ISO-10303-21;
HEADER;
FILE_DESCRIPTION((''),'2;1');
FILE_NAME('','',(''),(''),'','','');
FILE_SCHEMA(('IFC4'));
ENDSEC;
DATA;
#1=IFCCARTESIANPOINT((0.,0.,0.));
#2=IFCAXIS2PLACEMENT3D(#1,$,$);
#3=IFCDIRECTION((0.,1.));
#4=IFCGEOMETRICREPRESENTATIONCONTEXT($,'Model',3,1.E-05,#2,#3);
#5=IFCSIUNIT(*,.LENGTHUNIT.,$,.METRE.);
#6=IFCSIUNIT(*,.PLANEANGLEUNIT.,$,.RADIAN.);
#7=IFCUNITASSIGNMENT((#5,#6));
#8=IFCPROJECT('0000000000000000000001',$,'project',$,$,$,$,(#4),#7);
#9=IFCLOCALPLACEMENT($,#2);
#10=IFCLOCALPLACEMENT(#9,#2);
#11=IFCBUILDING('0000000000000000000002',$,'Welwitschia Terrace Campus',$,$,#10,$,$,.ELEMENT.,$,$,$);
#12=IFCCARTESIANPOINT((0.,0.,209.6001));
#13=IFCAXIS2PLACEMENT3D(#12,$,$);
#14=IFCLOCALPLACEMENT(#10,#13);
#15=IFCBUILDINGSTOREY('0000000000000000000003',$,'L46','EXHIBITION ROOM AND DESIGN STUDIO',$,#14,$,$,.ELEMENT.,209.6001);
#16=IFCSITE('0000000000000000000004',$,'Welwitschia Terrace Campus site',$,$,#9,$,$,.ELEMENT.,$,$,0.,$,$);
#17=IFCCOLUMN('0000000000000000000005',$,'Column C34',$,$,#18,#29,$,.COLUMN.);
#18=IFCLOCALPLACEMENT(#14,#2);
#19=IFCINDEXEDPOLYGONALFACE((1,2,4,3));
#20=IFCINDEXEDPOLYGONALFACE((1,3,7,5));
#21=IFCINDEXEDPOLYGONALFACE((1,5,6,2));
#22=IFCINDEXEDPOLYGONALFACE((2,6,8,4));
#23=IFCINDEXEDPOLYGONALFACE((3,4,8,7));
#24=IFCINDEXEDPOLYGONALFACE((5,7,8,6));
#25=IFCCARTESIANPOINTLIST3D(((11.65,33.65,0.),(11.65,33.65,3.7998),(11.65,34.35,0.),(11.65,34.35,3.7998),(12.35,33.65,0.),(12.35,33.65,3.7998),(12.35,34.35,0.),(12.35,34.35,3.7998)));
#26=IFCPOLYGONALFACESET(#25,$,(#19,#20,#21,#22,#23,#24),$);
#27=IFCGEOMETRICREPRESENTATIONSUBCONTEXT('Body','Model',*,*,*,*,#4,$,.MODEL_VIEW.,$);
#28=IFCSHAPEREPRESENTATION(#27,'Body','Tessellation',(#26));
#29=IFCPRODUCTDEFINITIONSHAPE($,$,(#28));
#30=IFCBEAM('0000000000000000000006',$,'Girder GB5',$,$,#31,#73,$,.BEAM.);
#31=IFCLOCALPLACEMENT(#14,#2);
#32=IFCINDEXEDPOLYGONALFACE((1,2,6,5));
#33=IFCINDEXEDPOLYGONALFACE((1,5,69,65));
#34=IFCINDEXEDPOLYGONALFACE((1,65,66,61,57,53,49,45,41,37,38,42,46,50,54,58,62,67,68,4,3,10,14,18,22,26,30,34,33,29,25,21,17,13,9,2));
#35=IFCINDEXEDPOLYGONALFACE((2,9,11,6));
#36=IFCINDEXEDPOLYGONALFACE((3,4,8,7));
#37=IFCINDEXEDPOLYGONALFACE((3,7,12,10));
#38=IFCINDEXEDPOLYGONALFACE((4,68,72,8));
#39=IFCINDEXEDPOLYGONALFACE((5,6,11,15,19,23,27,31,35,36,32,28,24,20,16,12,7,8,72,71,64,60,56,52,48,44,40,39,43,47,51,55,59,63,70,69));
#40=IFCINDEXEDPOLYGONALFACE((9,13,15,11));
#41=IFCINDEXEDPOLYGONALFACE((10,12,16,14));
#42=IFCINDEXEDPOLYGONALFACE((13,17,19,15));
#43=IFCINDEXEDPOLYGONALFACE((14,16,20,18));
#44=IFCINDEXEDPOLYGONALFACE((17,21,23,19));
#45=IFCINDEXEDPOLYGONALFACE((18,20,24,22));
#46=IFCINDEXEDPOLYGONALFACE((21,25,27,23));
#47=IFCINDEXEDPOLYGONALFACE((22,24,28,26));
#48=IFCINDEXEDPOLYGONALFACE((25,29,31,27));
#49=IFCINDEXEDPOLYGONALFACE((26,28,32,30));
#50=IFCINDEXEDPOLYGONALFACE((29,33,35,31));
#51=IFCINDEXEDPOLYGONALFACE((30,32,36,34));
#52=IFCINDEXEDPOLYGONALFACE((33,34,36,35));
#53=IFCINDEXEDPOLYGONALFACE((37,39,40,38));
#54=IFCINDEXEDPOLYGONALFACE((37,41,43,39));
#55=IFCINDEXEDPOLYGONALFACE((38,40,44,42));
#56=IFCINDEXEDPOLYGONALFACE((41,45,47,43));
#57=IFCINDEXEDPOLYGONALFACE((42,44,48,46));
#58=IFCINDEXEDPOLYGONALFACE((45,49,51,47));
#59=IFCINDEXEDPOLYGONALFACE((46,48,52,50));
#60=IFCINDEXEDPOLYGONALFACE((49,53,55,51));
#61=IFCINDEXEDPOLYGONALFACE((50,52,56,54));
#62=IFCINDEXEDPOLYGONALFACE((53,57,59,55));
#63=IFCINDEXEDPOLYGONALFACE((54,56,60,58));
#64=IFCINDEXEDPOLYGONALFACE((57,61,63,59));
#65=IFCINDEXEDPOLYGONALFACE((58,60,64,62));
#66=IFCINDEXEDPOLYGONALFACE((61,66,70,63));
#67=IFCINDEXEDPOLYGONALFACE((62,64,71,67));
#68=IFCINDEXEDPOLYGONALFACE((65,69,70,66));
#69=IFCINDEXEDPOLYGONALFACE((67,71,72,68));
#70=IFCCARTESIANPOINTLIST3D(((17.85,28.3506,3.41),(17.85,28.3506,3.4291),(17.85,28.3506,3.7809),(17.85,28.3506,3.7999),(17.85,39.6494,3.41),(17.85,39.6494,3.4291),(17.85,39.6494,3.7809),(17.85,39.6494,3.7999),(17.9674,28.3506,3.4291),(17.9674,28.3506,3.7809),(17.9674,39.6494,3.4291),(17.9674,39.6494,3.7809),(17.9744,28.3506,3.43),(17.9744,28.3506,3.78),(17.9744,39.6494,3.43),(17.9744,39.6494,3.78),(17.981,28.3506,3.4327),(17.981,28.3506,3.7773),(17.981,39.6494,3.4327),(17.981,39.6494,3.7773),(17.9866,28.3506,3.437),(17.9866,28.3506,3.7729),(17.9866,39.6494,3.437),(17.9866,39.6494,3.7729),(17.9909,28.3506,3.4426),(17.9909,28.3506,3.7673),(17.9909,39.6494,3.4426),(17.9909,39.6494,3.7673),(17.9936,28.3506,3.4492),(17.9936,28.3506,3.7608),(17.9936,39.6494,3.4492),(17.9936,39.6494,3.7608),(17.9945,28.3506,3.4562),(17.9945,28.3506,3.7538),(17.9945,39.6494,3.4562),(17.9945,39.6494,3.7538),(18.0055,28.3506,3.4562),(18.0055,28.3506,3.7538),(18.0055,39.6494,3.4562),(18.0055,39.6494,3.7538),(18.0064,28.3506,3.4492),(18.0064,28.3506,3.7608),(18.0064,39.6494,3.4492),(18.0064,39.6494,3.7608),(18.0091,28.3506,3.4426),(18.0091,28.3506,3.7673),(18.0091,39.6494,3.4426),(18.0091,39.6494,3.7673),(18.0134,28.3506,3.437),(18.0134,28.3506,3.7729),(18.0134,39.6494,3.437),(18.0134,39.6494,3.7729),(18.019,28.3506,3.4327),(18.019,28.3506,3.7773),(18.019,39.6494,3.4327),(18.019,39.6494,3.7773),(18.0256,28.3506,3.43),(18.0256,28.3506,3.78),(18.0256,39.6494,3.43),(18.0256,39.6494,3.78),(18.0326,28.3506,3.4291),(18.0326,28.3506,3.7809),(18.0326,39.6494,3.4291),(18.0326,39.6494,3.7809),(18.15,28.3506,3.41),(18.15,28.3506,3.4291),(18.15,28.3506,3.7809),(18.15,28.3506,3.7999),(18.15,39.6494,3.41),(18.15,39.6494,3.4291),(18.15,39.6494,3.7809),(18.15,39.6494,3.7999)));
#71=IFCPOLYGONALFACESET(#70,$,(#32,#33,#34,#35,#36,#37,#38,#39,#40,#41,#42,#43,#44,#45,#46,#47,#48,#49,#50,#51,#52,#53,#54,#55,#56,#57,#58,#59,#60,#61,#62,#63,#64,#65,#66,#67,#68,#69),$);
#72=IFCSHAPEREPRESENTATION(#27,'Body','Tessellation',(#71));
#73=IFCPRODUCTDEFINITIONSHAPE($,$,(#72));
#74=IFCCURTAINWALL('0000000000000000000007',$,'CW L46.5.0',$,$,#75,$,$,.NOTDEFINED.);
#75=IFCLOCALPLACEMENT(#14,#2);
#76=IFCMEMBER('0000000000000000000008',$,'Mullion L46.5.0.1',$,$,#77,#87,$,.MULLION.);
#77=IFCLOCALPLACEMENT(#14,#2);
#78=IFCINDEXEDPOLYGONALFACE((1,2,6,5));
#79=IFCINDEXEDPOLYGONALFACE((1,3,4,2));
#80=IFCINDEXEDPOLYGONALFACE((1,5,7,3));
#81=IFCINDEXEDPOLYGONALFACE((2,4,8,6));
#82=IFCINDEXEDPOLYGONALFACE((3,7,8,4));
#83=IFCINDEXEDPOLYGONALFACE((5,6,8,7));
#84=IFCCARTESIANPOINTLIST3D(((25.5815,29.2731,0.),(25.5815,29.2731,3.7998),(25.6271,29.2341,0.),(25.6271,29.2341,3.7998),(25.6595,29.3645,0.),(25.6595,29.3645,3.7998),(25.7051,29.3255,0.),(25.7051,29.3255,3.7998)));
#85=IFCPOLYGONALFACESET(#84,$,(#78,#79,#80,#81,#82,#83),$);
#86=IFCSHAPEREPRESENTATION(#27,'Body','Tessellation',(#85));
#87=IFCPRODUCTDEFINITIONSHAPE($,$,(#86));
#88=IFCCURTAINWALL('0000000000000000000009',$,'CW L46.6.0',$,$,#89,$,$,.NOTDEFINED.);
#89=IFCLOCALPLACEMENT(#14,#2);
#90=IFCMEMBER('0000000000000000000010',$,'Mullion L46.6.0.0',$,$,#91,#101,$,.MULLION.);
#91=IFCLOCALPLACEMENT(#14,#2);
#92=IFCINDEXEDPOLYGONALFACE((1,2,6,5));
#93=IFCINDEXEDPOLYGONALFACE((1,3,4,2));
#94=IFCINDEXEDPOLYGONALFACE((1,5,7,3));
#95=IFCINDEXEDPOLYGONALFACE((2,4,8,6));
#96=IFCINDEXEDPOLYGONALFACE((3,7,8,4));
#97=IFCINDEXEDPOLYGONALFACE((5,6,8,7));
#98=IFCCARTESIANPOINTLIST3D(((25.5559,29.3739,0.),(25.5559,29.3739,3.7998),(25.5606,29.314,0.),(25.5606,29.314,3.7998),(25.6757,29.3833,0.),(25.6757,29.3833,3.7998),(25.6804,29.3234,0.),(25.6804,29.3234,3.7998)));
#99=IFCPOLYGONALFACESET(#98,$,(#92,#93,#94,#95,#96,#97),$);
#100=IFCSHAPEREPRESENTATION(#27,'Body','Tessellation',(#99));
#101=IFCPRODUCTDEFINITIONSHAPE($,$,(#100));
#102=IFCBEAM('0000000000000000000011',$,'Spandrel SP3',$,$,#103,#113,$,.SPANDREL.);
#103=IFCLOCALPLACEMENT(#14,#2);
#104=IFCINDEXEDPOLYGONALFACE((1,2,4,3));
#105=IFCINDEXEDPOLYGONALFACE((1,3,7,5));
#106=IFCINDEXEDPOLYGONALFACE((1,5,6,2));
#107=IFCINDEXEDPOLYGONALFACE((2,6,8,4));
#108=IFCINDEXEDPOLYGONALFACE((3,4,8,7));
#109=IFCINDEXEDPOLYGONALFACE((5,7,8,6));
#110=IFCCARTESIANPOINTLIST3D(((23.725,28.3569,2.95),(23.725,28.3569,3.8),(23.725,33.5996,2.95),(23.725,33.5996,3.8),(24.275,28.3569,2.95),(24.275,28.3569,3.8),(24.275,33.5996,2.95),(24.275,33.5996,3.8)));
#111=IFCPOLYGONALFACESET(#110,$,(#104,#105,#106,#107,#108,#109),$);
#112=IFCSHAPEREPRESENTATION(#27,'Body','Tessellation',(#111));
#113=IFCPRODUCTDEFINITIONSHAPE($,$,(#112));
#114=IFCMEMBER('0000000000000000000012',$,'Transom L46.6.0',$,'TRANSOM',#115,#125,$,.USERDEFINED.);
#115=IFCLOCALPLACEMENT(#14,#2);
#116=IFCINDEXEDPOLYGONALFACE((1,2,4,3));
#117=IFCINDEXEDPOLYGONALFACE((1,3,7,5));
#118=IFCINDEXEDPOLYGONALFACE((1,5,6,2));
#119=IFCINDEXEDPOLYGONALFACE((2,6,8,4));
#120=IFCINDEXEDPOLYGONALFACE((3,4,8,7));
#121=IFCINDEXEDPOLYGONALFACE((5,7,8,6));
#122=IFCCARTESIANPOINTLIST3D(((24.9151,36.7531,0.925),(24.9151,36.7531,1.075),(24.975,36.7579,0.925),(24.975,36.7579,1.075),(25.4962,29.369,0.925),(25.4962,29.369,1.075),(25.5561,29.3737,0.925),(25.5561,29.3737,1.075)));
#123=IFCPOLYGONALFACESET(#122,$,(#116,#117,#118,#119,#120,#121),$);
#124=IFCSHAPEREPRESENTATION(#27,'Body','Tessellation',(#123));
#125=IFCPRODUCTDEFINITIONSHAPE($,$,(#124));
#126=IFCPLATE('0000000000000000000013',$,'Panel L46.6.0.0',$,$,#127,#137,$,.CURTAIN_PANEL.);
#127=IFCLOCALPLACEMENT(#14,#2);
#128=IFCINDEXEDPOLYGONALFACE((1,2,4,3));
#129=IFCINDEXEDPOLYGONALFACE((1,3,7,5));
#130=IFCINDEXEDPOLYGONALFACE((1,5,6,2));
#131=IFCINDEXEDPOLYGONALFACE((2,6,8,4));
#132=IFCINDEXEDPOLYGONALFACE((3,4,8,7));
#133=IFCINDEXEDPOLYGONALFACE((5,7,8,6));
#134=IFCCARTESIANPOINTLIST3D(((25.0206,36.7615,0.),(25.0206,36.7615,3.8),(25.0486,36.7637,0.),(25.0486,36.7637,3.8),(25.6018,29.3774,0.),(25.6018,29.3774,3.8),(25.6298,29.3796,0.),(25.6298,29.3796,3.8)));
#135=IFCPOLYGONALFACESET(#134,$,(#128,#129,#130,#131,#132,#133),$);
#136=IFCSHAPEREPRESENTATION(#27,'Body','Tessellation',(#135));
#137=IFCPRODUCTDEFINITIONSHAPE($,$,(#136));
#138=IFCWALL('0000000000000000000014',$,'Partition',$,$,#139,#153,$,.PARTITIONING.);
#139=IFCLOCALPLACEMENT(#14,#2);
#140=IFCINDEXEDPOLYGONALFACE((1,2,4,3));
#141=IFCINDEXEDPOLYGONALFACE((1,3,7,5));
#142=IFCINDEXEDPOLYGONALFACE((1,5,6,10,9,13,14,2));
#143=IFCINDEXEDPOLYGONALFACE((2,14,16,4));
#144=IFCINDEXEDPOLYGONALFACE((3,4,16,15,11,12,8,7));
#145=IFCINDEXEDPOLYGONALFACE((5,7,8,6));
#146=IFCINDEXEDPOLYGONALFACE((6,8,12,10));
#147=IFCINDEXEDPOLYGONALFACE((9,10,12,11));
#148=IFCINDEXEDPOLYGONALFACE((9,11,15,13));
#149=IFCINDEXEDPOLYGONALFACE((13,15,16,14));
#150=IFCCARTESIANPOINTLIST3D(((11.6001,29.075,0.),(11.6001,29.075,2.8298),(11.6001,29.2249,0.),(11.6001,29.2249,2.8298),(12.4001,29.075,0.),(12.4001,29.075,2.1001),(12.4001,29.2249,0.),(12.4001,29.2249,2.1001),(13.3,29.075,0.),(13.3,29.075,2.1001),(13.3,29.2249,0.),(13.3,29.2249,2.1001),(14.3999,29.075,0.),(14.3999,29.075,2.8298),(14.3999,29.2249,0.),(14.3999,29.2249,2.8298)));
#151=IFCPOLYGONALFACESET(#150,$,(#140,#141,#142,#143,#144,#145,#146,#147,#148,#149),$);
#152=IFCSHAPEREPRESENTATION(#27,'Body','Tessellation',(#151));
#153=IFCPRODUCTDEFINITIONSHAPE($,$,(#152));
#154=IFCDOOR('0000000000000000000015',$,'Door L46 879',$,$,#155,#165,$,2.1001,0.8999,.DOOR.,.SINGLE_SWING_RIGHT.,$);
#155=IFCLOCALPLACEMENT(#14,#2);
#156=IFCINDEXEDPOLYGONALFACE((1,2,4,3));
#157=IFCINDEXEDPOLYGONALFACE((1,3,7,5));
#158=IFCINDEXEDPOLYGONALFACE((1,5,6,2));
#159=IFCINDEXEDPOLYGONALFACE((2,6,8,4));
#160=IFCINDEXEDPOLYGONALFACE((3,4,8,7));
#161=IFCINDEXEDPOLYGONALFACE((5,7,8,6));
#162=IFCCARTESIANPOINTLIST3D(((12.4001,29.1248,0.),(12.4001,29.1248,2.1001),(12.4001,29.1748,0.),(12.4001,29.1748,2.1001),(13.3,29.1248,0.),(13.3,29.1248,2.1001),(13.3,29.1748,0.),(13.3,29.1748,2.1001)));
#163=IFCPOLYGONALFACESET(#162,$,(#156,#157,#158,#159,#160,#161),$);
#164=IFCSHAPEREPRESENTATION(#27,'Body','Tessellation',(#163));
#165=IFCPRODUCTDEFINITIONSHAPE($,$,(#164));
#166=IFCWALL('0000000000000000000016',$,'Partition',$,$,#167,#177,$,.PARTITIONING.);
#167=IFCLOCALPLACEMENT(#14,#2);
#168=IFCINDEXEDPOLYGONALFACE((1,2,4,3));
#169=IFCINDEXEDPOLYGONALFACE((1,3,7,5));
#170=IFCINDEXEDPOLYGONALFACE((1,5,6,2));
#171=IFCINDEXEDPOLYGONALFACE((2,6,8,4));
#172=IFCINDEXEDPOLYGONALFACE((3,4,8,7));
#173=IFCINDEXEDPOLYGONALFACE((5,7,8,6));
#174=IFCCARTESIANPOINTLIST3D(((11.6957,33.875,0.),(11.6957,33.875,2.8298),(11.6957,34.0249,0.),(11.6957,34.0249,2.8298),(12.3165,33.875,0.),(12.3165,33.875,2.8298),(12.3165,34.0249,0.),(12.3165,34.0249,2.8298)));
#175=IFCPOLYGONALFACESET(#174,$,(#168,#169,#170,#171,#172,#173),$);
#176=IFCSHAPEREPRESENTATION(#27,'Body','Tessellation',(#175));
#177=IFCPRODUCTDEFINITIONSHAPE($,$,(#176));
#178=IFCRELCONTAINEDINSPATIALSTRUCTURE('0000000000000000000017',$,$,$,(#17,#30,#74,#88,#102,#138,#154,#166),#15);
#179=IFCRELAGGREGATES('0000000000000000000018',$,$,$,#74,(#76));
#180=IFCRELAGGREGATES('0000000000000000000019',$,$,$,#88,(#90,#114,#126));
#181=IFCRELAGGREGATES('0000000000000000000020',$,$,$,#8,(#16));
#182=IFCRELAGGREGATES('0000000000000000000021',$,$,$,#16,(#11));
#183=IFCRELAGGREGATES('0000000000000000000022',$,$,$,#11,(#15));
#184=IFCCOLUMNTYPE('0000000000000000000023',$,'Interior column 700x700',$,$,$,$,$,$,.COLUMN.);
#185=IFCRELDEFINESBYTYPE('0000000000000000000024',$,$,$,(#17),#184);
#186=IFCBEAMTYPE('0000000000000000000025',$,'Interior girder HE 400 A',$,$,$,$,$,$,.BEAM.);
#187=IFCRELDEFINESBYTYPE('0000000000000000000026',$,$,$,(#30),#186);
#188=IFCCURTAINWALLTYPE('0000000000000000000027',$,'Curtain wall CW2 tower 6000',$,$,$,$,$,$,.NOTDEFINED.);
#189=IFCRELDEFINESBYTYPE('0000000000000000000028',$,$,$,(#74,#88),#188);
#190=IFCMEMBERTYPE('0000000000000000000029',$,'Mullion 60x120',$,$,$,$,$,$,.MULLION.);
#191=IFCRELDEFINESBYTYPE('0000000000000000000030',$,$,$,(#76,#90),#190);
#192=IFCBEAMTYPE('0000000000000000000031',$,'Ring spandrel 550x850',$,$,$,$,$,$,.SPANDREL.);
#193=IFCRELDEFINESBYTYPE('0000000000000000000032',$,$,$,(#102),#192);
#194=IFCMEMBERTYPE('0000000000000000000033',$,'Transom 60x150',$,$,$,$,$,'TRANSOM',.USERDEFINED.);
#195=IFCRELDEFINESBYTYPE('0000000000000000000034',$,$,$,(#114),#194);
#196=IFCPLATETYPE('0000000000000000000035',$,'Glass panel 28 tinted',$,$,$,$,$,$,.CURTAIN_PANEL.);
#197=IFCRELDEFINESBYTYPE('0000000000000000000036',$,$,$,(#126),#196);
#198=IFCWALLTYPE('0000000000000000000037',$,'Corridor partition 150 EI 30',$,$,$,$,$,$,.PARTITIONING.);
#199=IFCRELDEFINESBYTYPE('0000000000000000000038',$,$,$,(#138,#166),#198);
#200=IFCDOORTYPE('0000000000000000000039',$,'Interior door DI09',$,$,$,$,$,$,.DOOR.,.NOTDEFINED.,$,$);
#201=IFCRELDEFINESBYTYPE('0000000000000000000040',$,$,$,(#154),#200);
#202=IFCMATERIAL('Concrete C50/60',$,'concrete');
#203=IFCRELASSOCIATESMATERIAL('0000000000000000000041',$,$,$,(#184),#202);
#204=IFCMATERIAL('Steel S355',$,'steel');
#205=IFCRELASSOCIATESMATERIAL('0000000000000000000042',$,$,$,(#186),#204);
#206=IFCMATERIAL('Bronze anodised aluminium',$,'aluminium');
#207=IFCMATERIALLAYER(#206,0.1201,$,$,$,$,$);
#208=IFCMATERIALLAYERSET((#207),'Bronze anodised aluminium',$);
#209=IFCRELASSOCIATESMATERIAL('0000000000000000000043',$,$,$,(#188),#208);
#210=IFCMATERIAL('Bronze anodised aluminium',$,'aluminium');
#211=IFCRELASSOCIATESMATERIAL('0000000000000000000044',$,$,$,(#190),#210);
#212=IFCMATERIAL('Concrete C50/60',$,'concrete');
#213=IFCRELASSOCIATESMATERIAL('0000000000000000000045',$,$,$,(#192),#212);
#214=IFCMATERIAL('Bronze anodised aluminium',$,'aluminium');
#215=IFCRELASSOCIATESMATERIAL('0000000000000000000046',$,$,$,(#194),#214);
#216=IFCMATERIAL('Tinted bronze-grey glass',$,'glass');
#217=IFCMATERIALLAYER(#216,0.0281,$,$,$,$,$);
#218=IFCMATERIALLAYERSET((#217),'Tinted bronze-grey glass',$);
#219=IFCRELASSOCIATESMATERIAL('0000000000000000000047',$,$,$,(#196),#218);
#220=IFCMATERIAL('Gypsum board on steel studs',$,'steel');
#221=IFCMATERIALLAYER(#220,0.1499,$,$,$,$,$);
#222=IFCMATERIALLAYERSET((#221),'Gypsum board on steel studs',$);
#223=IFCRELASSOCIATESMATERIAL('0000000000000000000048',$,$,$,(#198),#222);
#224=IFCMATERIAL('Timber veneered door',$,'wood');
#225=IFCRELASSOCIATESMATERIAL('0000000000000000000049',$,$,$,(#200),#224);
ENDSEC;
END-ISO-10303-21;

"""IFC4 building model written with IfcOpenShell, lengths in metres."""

from ifc_helpers import new_model, si_unit, direction, frame, frame_2d, origin, origin_2d, place, context, subcontext, project, spatial, rectangle, i_section, extrude, material, layer, layer_set, material_profile, profile_set, type_object, element, fill, aggregate, save


model = new_model("IFC4")

# Units and contexts
model_context = context("Model", 3, precision=1e-05, world=origin(), true_north=direction((0.0, 1.0)))
body_context = subcontext(model_context, "Body", "Model", "MODEL_VIEW")
ifc_project = project(units=[si_unit("LENGTHUNIT", "METRE"), si_unit("PLANEANGLEUNIT", "RADIAN")], contexts=[model_context])

# Site, building, storey
site_placement = place(None, origin())
site = spatial("IfcSite", under=ifc_project, at=site_placement, Name="Welwitschia Terrace Campus site", CompositionType="ELEMENT", RefElevation=0.0)
building_placement = place(site_placement, origin())
building = spatial("IfcBuilding", under=site, at=building_placement, Name="Welwitschia Terrace Campus", CompositionType="ELEMENT")
storey_placement = place(building_placement, frame((0.0, 0.0, 209.6001)))
storey = spatial("IfcBuildingStorey", under=building, at=storey_placement, Name="L46", Description="EXHIBITION ROOM AND DESIGN STUDIO", CompositionType="ELEMENT", Elevation=209.6001)

# Column
ifc_material_1 = material(Name="Concrete C50/60", Category="concrete")
ifc_material_profile_1 = material_profile(ifc_material_1, rectangle(XDim=0.7, YDim=0.7, at=origin_2d()))
ifc_profile_set_1 = profile_set([ifc_material_profile_1], Name="Concrete C50/60")
column_type = type_object("IfcColumnType", Name="Interior column 700x700", PredefinedType="COLUMN", material=ifc_profile_set_1)
column_placement = place(storey_placement, frame((12.0, 34.0, 0.0), z_axis=(0.0, 0.0, 1.0), x_axis=(1.0, 0.0, 0.0)))
element("IfcColumn", 1, at=column_placement, inside=storey, type_object=column_type, Name="Column C34", PredefinedType="COLUMN", context=body_context, shape_type="SweptSolid", body=[
    extrude(rectangle(XDim=0.7, YDim=0.7, at=origin_2d()), origin(), (0.0, 0.0, 1.0), 3.7998),
])

# Beam
ifc_material_2 = material(Name="Steel S355", Category="steel")
ifc_material_profile_2 = material_profile(ifc_material_2, i_section(OverallWidth=0.3, OverallDepth=0.3899, WebThickness=0.011, FlangeThickness=0.019, FilletRadius=0.0271, at=origin_2d()))
ifc_profile_set_2 = profile_set([ifc_material_profile_2], Name="Steel S355")
beam_type_1 = type_object("IfcBeamType", Name="Interior girder HE 400 A", PredefinedType="BEAM", material=ifc_profile_set_2)
beam_1_placement = place(storey_placement, frame((18.0, 28.3506, 3.605), z_axis=(0.0, 1.0, 0.0), x_axis=(-1.0, 0.0, 0.0)))
element("IfcBeam", 2, at=beam_1_placement, inside=storey, type_object=beam_type_1, Name="Girder GB5", PredefinedType="BEAM", context=body_context, shape_type="SweptSolid", body=[
    extrude(i_section(OverallWidth=0.3, OverallDepth=0.3899, WebThickness=0.011, FlangeThickness=0.019, FilletRadius=0.0271, at=origin_2d()), origin(), (0.0, 0.0, 1.0), 11.2988),
])

# Curtain walls, members
ifc_material_3 = material(Name="Bronze anodised aluminium", Category="aluminium")
ifc_layer_1 = layer(ifc_material_3, 0.1201)
ifc_layer_set_1 = layer_set([ifc_layer_1], Name="Bronze anodised aluminium")
curtain_wall_type = type_object("IfcCurtainWallType", Name="Curtain wall CW2 tower 6000", PredefinedType="NOTDEFINED", material=ifc_layer_set_1)
curtain_wall_1_placement = place(storey_placement, origin())
curtain_wall_1 = element("IfcCurtainWall", 3, at=curtain_wall_1_placement, inside=storey, type_object=curtain_wall_type, Name="CW L46.5.0", PredefinedType="NOTDEFINED")
ifc_material_4 = material(Name="Bronze anodised aluminium", Category="aluminium")
ifc_material_profile_3 = material_profile(ifc_material_4, rectangle(XDim=0.1201, YDim=0.0601, at=origin_2d()))
ifc_profile_set_3 = profile_set([ifc_material_profile_3], Name="Bronze anodised aluminium")
member_type_1 = type_object("IfcMemberType", Name="Mullion 60x120", PredefinedType="MULLION", material=ifc_profile_set_3)
member_1_placement = place(storey_placement, frame((25.6433, 29.2993, 0.0), z_axis=(0.0, 0.0, 1.0), x_axis=(-0.649448, -0.760406, 0.0)))
member_1 = element("IfcMember", 4, at=member_1_placement, type_object=member_type_1, Name="Mullion L46.5.0.1", PredefinedType="MULLION", context=body_context, shape_type="SweptSolid", body=[
    extrude(rectangle(XDim=0.1201, YDim=0.0601, at=origin_2d()), origin(), (0.0, 0.0, 1.0), 3.7998),
])
aggregate(curtain_wall_1, [member_1])
curtain_wall_2_placement = place(storey_placement, origin())
curtain_wall_2 = element("IfcCurtainWall", 5, at=curtain_wall_2_placement, inside=storey, type_object=curtain_wall_type, Name="CW L46.6.0", PredefinedType="NOTDEFINED")
member_2_placement = place(storey_placement, frame((25.6182, 29.3486, 0.0), z_axis=(0.0, 0.0, 1.0), x_axis=(-0.996917, -0.078459, 0.0)))
member_2 = element("IfcMember", 6, at=member_2_placement, type_object=member_type_1, Name="Mullion L46.6.0.0", PredefinedType="MULLION", context=body_context, shape_type="SweptSolid", body=[
    extrude(rectangle(XDim=0.1201, YDim=0.0601, at=origin_2d()), origin(), (0.0, 0.0, 1.0), 3.7998),
])

# Beam
ifc_material_5 = material(Name="Concrete C50/60", Category="concrete")
ifc_material_profile_4 = material_profile(ifc_material_5, rectangle(XDim=0.55, YDim=0.8501, at=origin_2d()))
ifc_profile_set_4 = profile_set([ifc_material_profile_4], Name="Concrete C50/60")
beam_type_2 = type_object("IfcBeamType", Name="Ring spandrel 550x850", PredefinedType="SPANDREL", material=ifc_profile_set_4)
beam_2_placement = place(storey_placement, frame((24.0, 28.3569, 3.375), z_axis=(0.0, 1.0, 0.0), x_axis=(-1.0, 0.0, 0.0)))
element("IfcBeam", 7, at=beam_2_placement, inside=storey, type_object=beam_type_2, Name="Spandrel SP3", PredefinedType="SPANDREL", context=body_context, shape_type="SweptSolid", body=[
    extrude(rectangle(XDim=0.55, YDim=0.8501, at=origin_2d()), origin(), (0.0, 0.0, 1.0), 5.2427),
])

# Member
ifc_material_6 = material(Name="Bronze anodised aluminium", Category="aluminium")
ifc_material_profile_5 = material_profile(ifc_material_6, rectangle(XDim=0.0601, YDim=0.1499, at=origin_2d()))
ifc_profile_set_5 = profile_set([ifc_material_profile_5], Name="Bronze anodised aluminium")
member_type_2 = type_object("IfcMemberType", Name="Transom 60x150", ElementType="TRANSOM", PredefinedType="USERDEFINED", material=ifc_profile_set_5)
member_3_placement = place(storey_placement, frame((25.5261, 29.3713, 1.0), z_axis=(-0.078446, 0.996918, 0.0), x_axis=(-0.996918, -0.078446, 0.0)))
member_3 = element("IfcMember", 8, at=member_3_placement, type_object=member_type_2, Name="Transom L46.6.0", ObjectType="TRANSOM", PredefinedType="USERDEFINED", context=body_context, shape_type="SweptSolid", body=[
    extrude(rectangle(XDim=0.0601, YDim=0.1499, at=origin_2d()), origin(), (0.0, 0.0, 1.0), 7.407),
])

# Plate
ifc_material_7 = material(Name="Tinted bronze-grey glass", Category="glass")
ifc_layer_2 = layer(ifc_material_7, 0.0281)
ifc_layer_set_2 = layer_set([ifc_layer_2], Name="Tinted bronze-grey glass")
plate_type = type_object("IfcPlateType", Name="Glass panel 28 tinted", PredefinedType="CURTAIN_PANEL", material=ifc_layer_set_2)
plate_placement = place(storey_placement, frame((25.3252, 33.0706, 0.0), z_axis=(0.0, 0.0, 1.0), x_axis=(-0.078459, 0.996917, 0.0)))
plate = element("IfcPlate", 9, at=plate_placement, type_object=plate_type, Name="Panel L46.6.0.0", PredefinedType="CURTAIN_PANEL", context=body_context, shape_type="SweptSolid", body=[
    extrude(rectangle(XDim=7.407, YDim=0.0281, at=origin_2d()), origin(), (0.0, 0.0, 1.0), 3.8),
])
aggregate(curtain_wall_2, [member_2, member_3, plate])

# Wall, opening, door
ifc_material_8 = material(Name="Gypsum board on steel studs", Category="steel")
ifc_layer_3 = layer(ifc_material_8, 0.1499)
ifc_layer_set_3 = layer_set([ifc_layer_3], Name="Gypsum board on steel studs")
wall_type = type_object("IfcWallType", Name="Corridor partition 150 EI 30", PredefinedType="PARTITIONING", material=ifc_layer_set_3)
wall_1_placement = place(storey_placement, frame((11.6001, 29.1499, 0.0), z_axis=(0.0, 0.0, 1.0), x_axis=(1.0, 0.0, 0.0)))
wall_1 = element("IfcWall", 10, at=wall_1_placement, inside=storey, type_object=wall_type, Name="Partition", PredefinedType="PARTITIONING", context=body_context, shape_type="SweptSolid", body=[
    extrude(rectangle(XDim=2.7998, YDim=0.1499, at=frame_2d((1.3999, 0.0))), origin(), (0.0, 0.0, 1.0), 2.8298),
])
opening_1_placement = place(wall_1_placement, frame((0.8, 0.0, 0.0)))
opening_1 = element("IfcOpeningElement", 11, at=opening_1_placement, cuts=wall_1, PredefinedType="OPENING", context=body_context, shape_type="SweptSolid", body=[
    extrude(rectangle(XDim=0.8999, YDim=2.1001, at=frame_2d((0.45, 1.05))), frame((0.0, 0.085, 0.0), z_axis=(0.0, -1.0, 0.0), x_axis=(1.0, 0.0, 0.0)), (0.0, 0.0, 1.0), 0.1699),
])
ifc_material_9 = material(Name="Timber veneered door", Category="wood")
door_type = type_object("IfcDoorType", Name="Interior door DI09", OperationType="NOTDEFINED", PredefinedType="DOOR", material=ifc_material_9)
door_1_placement = place(opening_1_placement, origin())
door_1 = element("IfcDoor", 12, at=door_1_placement, inside=storey, type_object=door_type, Name="Door L46 879", OperationType="SINGLE_SWING_RIGHT", OverallHeight=2.1001, OverallWidth=0.8999, PredefinedType="DOOR", context=body_context, shape_type="SweptSolid", body=[
    extrude(rectangle(XDim=0.8999, YDim=2.1001, at=frame_2d((0.45, 1.05))), frame((0.0, 0.0249, 0.0), z_axis=(0.0, -1.0, 0.0), x_axis=(1.0, 0.0, 0.0)), (0.0, 0.0, 1.0), 0.05),
])
fill(opening_1, door_1)

# Wall
wall_2_placement = place(storey_placement, frame((11.6956, 33.95, 0.0), z_axis=(0.0, 0.0, 1.0), x_axis=(1.0, 0.0, 0.0)))
element("IfcWall", 13, at=wall_2_placement, inside=storey, type_object=wall_type, Name="Partition", PredefinedType="PARTITIONING", context=body_context, shape_type="SweptSolid", body=[
    extrude(rectangle(XDim=0.6208, YDim=0.1499, at=frame_2d((0.3105, 0.0))), origin(), (0.0, 0.0, 1.0), 2.8298),
])

save(model, "model.ifc")
